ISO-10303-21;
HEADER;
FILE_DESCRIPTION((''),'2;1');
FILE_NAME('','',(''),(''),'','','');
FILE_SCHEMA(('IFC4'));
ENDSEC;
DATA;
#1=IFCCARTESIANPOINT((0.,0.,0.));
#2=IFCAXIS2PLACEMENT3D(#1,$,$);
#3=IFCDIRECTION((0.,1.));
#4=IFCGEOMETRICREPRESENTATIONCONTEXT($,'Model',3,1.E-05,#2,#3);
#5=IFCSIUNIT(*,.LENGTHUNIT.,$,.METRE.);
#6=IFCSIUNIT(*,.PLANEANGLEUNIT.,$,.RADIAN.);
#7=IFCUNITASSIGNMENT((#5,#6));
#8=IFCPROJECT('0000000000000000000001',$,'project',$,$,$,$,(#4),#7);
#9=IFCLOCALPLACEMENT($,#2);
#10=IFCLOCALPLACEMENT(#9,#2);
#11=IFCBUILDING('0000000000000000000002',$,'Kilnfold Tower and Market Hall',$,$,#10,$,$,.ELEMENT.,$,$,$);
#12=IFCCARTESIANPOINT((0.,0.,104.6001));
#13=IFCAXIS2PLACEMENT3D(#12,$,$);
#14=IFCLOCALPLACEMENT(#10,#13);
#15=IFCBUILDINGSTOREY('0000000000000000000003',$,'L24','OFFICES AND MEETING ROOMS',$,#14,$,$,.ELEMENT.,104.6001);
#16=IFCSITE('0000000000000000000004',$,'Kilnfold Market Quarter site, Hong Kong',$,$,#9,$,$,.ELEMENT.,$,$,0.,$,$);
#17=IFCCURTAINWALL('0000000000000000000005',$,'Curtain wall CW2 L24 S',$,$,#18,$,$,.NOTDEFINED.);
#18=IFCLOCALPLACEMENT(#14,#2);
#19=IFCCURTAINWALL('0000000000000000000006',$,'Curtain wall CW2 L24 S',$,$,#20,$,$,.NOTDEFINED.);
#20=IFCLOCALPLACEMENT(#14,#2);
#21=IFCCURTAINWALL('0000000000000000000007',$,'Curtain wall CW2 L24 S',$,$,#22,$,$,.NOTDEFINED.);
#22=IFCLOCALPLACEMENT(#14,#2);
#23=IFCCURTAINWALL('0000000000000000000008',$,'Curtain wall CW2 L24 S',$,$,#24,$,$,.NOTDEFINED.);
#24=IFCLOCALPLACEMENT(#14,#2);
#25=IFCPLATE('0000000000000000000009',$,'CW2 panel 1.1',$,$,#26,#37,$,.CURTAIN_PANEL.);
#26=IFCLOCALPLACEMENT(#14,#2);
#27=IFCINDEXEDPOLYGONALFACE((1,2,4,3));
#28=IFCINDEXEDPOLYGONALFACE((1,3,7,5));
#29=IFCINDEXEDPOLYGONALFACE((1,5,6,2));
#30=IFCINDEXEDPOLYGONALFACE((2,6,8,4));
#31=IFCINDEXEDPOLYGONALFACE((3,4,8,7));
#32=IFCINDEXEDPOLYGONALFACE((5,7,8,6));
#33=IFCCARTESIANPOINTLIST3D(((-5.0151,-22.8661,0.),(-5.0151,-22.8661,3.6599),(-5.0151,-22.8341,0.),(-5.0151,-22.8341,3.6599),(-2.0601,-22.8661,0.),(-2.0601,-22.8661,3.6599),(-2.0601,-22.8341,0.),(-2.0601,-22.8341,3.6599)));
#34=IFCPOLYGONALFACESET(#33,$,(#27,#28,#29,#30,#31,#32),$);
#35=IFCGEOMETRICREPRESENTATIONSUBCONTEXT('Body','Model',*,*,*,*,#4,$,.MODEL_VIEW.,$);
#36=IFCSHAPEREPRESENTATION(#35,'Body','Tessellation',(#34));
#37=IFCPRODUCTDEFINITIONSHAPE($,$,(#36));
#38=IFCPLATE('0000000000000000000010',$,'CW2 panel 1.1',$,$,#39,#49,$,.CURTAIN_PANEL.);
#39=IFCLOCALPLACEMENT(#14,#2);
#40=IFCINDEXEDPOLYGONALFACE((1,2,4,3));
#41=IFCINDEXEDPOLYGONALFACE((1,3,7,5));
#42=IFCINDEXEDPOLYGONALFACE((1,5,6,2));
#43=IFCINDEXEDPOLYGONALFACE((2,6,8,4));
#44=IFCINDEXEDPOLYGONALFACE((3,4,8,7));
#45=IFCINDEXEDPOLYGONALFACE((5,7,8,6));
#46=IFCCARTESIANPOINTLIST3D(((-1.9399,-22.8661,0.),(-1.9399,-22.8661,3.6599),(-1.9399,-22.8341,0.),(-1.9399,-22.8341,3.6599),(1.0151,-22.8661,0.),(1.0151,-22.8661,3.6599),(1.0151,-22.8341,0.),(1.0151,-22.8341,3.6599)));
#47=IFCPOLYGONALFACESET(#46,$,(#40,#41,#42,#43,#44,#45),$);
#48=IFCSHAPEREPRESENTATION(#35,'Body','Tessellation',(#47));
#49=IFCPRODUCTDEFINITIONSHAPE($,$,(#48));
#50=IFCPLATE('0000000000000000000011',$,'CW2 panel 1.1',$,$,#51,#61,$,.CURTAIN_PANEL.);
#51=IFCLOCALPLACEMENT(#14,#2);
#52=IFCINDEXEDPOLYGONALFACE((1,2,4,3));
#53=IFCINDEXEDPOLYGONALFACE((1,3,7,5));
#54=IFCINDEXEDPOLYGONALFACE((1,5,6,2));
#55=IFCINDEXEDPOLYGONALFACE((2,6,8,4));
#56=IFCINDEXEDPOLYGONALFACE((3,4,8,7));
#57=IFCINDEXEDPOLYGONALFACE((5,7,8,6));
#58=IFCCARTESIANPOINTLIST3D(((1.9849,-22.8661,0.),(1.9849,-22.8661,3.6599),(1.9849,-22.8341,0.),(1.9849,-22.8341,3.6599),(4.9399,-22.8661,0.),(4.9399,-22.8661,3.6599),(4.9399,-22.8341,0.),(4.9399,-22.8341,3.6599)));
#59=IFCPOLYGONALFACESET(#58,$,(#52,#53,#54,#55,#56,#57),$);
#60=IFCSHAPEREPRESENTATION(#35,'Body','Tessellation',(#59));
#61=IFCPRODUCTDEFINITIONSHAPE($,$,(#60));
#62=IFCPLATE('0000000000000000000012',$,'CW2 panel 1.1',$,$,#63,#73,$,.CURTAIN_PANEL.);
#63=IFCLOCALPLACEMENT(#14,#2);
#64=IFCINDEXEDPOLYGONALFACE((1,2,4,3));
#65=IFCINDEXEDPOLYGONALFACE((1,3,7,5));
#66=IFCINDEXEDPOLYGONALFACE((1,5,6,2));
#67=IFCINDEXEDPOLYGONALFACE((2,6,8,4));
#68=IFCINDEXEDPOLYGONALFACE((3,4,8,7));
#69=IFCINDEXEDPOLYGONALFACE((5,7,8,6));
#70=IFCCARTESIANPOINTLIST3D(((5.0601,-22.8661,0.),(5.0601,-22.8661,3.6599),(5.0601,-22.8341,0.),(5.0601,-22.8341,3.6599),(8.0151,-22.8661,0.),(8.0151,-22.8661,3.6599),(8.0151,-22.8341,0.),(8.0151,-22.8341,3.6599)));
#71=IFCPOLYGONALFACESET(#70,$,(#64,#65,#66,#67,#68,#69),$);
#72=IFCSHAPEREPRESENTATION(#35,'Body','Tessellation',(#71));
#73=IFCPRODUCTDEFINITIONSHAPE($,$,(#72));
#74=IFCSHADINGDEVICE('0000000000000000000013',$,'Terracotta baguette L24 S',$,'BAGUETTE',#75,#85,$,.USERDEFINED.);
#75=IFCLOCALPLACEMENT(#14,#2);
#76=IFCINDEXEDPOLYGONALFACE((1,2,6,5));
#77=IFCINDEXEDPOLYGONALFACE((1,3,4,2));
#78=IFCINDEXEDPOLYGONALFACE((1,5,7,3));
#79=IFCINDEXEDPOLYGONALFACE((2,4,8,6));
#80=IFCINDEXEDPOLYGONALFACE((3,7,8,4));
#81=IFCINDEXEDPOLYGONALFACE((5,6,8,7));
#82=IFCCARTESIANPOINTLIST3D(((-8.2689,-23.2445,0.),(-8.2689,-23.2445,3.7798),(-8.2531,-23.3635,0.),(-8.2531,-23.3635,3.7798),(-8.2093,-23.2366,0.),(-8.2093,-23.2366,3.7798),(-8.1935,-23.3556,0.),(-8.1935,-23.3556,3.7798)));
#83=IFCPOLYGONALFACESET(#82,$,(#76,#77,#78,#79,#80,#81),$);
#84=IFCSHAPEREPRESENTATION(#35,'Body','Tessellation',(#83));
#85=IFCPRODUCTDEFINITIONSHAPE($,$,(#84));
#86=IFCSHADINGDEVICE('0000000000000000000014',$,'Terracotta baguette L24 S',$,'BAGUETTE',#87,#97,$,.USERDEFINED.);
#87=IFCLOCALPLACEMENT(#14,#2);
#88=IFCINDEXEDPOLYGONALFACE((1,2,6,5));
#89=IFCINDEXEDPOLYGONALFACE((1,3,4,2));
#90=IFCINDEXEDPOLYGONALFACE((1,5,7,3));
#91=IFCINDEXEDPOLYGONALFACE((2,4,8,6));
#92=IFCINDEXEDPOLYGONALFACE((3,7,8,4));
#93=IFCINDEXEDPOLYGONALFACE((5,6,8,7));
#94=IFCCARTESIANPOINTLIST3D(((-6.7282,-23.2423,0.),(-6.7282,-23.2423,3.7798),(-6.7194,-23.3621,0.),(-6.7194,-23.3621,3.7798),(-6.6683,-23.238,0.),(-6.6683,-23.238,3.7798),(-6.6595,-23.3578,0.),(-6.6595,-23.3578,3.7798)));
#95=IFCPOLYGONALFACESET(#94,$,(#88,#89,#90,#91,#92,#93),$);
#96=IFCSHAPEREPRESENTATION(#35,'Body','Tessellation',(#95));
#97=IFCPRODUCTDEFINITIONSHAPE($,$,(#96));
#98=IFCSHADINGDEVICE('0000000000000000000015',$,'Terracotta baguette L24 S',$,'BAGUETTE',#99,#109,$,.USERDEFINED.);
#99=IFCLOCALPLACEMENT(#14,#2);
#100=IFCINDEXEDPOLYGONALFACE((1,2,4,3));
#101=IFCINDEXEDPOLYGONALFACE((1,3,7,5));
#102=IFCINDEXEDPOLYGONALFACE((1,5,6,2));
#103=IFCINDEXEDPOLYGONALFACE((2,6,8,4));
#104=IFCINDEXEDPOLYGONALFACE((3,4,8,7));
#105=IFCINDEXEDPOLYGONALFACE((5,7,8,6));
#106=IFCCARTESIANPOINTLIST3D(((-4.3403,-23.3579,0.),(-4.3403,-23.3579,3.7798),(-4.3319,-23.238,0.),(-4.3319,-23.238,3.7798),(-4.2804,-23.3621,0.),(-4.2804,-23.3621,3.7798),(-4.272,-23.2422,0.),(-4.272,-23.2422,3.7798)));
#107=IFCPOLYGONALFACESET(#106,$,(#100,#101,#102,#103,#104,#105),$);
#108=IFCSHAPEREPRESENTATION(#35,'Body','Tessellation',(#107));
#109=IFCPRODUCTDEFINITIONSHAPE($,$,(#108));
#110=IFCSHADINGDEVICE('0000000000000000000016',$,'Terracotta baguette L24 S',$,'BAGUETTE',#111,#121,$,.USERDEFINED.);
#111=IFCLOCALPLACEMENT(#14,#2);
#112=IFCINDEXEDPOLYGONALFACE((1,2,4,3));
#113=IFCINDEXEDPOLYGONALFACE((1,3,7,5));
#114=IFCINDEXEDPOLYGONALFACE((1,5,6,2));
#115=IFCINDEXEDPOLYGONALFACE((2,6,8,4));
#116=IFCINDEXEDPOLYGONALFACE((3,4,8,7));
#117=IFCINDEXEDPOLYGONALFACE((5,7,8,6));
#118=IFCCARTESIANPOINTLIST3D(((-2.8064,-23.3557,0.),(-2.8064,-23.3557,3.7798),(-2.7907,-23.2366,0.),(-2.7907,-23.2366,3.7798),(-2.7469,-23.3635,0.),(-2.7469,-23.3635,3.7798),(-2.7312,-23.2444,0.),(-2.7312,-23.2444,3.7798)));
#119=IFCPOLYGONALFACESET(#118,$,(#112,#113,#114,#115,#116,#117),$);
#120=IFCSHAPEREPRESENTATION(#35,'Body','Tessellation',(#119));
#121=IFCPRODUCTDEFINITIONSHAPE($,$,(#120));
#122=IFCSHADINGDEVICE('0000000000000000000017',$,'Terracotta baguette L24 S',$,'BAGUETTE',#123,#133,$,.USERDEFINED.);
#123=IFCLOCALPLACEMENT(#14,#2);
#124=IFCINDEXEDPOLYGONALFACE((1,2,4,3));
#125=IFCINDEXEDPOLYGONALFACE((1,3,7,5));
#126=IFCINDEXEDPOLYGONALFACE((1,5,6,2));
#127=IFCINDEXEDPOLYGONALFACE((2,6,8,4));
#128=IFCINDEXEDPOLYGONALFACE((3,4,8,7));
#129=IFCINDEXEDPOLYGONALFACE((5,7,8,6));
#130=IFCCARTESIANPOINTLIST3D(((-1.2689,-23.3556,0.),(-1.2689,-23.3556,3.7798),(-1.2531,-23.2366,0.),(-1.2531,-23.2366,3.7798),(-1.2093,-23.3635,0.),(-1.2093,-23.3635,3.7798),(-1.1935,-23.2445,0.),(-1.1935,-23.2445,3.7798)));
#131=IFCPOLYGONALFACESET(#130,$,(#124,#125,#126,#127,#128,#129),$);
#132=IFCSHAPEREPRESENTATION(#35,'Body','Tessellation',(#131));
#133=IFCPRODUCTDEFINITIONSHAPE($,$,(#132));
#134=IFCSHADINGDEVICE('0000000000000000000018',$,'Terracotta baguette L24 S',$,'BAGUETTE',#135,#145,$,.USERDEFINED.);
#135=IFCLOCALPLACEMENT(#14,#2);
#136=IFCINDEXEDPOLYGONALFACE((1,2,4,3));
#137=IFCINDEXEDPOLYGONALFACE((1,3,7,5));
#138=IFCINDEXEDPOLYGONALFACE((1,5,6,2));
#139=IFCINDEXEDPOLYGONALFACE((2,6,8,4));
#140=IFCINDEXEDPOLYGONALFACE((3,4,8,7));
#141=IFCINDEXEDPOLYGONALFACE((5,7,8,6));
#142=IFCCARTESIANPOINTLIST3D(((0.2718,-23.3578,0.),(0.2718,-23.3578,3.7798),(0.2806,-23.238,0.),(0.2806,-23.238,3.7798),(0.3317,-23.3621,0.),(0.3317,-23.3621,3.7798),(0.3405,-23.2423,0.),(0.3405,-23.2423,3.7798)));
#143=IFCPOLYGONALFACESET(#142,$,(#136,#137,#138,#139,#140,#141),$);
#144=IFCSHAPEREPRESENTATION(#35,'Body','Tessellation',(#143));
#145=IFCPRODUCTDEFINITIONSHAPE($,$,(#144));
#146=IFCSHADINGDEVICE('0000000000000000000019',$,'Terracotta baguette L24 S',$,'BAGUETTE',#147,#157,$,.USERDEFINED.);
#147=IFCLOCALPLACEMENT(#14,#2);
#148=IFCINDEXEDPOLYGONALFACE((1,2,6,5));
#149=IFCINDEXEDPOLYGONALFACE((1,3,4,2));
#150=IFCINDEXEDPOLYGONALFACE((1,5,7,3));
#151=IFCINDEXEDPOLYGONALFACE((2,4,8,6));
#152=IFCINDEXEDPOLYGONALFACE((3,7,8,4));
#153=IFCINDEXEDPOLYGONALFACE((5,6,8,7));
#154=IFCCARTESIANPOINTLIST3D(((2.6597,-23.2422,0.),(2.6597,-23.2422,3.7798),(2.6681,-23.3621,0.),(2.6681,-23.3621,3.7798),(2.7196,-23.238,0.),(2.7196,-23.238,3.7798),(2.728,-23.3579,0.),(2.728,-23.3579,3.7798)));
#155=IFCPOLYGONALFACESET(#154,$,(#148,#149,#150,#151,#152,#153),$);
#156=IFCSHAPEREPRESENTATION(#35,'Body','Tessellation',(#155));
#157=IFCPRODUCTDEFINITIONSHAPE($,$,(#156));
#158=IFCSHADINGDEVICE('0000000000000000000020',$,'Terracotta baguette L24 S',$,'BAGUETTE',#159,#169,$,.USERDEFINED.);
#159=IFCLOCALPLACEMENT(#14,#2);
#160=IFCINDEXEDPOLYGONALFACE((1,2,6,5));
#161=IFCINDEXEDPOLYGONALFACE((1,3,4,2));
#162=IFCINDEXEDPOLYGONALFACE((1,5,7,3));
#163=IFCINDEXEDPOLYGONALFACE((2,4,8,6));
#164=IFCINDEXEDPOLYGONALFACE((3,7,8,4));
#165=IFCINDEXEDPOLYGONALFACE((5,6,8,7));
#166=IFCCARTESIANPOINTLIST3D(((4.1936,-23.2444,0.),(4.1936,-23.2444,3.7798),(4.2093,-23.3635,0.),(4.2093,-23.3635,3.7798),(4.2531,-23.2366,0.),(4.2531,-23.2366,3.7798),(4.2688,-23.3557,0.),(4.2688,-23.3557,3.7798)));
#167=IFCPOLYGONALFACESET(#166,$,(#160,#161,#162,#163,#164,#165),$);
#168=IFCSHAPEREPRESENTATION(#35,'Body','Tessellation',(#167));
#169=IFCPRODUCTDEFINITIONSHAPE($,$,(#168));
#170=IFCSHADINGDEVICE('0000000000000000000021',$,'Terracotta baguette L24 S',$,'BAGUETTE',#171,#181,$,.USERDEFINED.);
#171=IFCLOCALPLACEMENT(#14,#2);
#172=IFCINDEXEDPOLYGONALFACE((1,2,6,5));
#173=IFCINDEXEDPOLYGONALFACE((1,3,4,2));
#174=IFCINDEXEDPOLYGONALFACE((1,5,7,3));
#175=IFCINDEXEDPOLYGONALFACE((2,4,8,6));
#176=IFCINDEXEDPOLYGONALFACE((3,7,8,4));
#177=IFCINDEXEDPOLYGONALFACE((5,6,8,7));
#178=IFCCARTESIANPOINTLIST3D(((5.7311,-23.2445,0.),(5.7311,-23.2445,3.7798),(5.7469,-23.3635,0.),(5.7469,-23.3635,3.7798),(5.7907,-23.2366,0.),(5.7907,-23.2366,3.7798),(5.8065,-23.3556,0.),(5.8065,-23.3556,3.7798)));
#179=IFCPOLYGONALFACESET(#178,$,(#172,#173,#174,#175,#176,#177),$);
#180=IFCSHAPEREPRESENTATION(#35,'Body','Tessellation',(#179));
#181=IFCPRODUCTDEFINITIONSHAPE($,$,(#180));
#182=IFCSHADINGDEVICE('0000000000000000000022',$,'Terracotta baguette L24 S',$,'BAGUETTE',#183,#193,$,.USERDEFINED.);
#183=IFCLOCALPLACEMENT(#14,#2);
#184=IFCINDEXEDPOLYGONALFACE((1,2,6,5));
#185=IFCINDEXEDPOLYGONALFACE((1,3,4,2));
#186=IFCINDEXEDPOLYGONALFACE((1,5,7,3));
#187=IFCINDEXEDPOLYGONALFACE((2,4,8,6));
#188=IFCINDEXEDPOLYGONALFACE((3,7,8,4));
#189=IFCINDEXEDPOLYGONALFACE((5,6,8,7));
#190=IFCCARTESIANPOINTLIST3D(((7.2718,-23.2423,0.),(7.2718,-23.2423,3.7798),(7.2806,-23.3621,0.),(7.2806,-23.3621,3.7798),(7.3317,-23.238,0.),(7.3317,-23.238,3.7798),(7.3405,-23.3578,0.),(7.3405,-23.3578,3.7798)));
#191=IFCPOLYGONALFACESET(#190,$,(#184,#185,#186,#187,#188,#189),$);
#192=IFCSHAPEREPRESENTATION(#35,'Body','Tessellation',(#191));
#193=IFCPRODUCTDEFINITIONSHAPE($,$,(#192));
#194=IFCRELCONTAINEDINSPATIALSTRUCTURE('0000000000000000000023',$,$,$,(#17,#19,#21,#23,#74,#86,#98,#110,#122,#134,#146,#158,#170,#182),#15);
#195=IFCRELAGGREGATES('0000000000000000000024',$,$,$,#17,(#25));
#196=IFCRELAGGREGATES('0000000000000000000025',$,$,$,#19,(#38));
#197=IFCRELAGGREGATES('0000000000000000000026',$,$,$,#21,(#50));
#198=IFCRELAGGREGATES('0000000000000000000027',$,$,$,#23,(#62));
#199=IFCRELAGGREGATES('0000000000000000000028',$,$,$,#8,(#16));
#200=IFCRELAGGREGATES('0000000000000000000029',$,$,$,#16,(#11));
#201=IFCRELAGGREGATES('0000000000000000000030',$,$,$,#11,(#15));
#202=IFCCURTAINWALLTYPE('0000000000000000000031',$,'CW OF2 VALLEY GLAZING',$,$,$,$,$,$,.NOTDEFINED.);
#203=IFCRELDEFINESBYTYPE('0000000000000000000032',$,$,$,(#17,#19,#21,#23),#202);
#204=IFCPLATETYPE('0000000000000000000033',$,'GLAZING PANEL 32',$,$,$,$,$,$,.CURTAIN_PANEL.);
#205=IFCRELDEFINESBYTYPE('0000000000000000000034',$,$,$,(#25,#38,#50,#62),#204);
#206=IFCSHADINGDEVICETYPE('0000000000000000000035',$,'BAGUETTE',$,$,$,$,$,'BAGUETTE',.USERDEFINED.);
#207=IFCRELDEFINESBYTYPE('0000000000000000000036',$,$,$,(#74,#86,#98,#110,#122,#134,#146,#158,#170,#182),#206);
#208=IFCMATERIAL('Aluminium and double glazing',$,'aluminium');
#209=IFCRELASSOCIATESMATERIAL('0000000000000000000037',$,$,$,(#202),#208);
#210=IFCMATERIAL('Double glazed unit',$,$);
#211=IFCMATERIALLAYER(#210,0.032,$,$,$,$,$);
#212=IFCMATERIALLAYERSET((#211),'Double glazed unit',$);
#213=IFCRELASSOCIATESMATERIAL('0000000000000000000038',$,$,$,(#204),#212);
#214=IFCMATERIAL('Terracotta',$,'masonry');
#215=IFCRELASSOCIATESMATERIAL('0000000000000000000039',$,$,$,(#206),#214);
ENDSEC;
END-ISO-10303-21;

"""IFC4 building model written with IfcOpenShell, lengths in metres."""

from ifc_helpers import new_model, si_unit, direction, frame, origin, origin_2d, place, context, subcontext, project, spatial, rectangle, extrude, source, transform, mapped, material, layer, layer_set, material_profile, profile_set, type_object, element, aggregate, save


model = new_model("IFC4")

# Units and contexts
model_context = context("Model", 3, precision=1e-05, world=origin(), true_north=direction((0.0, 1.0)))
body_context = subcontext(model_context, "Body", "Model", "MODEL_VIEW")
ifc_project = project(units=[si_unit("LENGTHUNIT", "METRE"), si_unit("PLANEANGLEUNIT", "RADIAN")], contexts=[model_context])

# Site, building, storey
site_placement = place(None, origin())
site = spatial("IfcSite", under=ifc_project, at=site_placement, Name="Kilnfold Market Quarter site, Hong Kong", CompositionType="ELEMENT", RefElevation=0.0)
building_placement = place(site_placement, origin())
building = spatial("IfcBuilding", under=site, at=building_placement, Name="Kilnfold Tower and Market Hall", CompositionType="ELEMENT")
storey_placement = place(building_placement, frame((0.0, 0.0, 104.6001)))
storey = spatial("IfcBuildingStorey", under=building, at=storey_placement, Name="L24", Description="OFFICES AND MEETING ROOMS", CompositionType="ELEMENT", Elevation=104.6001)

# Shared definitions
ifc_material_1 = material(Name="Aluminium and double glazing", Category="aluminium")
curtain_wall_type = type_object("IfcCurtainWallType", Name="CW OF2 VALLEY GLAZING", PredefinedType="NOTDEFINED", material=ifc_material_1)

# Curtain walls
curtain_wall_1_placement = place(storey_placement, origin())
curtain_wall_1 = element("IfcCurtainWall", 1, at=curtain_wall_1_placement, inside=storey, type_object=curtain_wall_type, Name="Curtain wall CW2 L24 S", PredefinedType="NOTDEFINED")
curtain_wall_2_placement = place(storey_placement, origin())
curtain_wall_2 = element("IfcCurtainWall", 2, at=curtain_wall_2_placement, inside=storey, type_object=curtain_wall_type, Name="Curtain wall CW2 L24 S", PredefinedType="NOTDEFINED")
curtain_wall_3_placement = place(storey_placement, origin())
curtain_wall_3 = element("IfcCurtainWall", 3, at=curtain_wall_3_placement, inside=storey, type_object=curtain_wall_type, Name="Curtain wall CW2 L24 S", PredefinedType="NOTDEFINED")
curtain_wall_4_placement = place(storey_placement, origin())
curtain_wall_4 = element("IfcCurtainWall", 4, at=curtain_wall_4_placement, inside=storey, type_object=curtain_wall_type, Name="Curtain wall CW2 L24 S", PredefinedType="NOTDEFINED")

# Plates
ifc_material_2 = material(Name="Double glazed unit")
ifc_layer = layer(ifc_material_2, 0.032)
ifc_layer_set = layer_set([ifc_layer], Name="Double glazed unit")
plate_type = type_object("IfcPlateType", Name="GLAZING PANEL 32", PredefinedType="CURTAIN_PANEL", material=ifc_layer_set)
shared_shape_1 = source(origin(), body_context, "Body", "SweptSolid", [
    extrude(rectangle(XDim=2.9551, YDim=0.032, at=origin_2d()), origin(), (0.0, 0.0, 1.0), 3.6599),
])
plate_1_placement = place(storey_placement, frame((-3.5376, -22.8501, 0.0), z_axis=(0.0, 0.0, 1.0), x_axis=(1.0, 0.0, 0.0)))
plate_1 = element("IfcPlate", 5, at=plate_1_placement, type_object=plate_type, Name="CW2 panel 1.1", PredefinedType="CURTAIN_PANEL", context=body_context, shape_type="MappedRepresentation", body=[
    mapped(shared_shape_1, transform((0.0, 0.0, 0.0))),
])
aggregate(curtain_wall_1, [plate_1])
plate_2_placement = place(storey_placement, frame((-0.4624, -22.8501, 0.0), z_axis=(0.0, 0.0, 1.0), x_axis=(1.0, 0.0, 0.0)))
plate_2 = element("IfcPlate", 6, at=plate_2_placement, type_object=plate_type, Name="CW2 panel 1.1", PredefinedType="CURTAIN_PANEL", context=body_context, shape_type="MappedRepresentation", body=[
    mapped(shared_shape_1, transform((0.0, 0.0, 0.0))),
])
aggregate(curtain_wall_2, [plate_2])
plate_3_placement = place(storey_placement, frame((3.4624, -22.8501, 0.0), z_axis=(0.0, 0.0, 1.0), x_axis=(1.0, 0.0, 0.0)))
plate_3 = element("IfcPlate", 7, at=plate_3_placement, type_object=plate_type, Name="CW2 panel 1.1", PredefinedType="CURTAIN_PANEL", context=body_context, shape_type="MappedRepresentation", body=[
    mapped(shared_shape_1, transform((0.0, 0.0, 0.0))),
])
aggregate(curtain_wall_3, [plate_3])
plate_4_placement = place(storey_placement, frame((6.5376, -22.8501, 0.0), z_axis=(0.0, 0.0, 1.0), x_axis=(1.0, 0.0, 0.0)))
plate_4 = element("IfcPlate", 8, at=plate_4_placement, type_object=plate_type, Name="CW2 panel 1.1", PredefinedType="CURTAIN_PANEL", context=body_context, shape_type="MappedRepresentation", body=[
    mapped(shared_shape_1, transform((0.0, 0.0, 0.0))),
])
aggregate(curtain_wall_4, [plate_4])

# Shading devices
ifc_material_3 = material(Name="Terracotta", Category="masonry")
ifc_material_profile_1 = material_profile(ifc_material_3, rectangle(XDim=0.0601, YDim=0.1201, at=origin_2d()), Name="BAG 60x120")
ifc_profile_set_1 = profile_set([ifc_material_profile_1], Name="Terracotta")
shading_device_type = type_object("IfcShadingDeviceType", Name="BAGUETTE", ElementType="BAGUETTE", PredefinedType="USERDEFINED", material=ifc_profile_set_1)
shared_shape_2 = source(origin(), body_context, "Body", "SweptSolid", [
    extrude(rectangle(XDim=0.0601, YDim=0.1201, at=origin_2d()), origin(), (0.0, 0.0, 1.0), 3.7798),
])
for number, where, z_axis, x_axis, name in (
    (9, (-8.2312, -23.3, 0.0), (0.0, 0.0, 1.0), (0.991303, 0.131599, 0.0), "Terracotta baguette L24 S"),
    (10, (-6.6938, -23.3, 0.0), (0.0, 0.0, 1.0), (0.997353, 0.072716, 0.0), "Terracotta baguette L24 S"),
    (11, (-4.3062, -23.3, 0.0), (0.0, 0.0, 1.0), (0.997568, -0.069706, 0.0), "Terracotta baguette L24 S"),
    (12, (-2.7688, -23.3, 0.0), (0.0, 0.0, 1.0), (0.991459, -0.130422, 0.0), "Terracotta baguette L24 S"),
    (13, (-1.2312, -23.3, 0.0), (0.0, 0.0, 1.0), (0.991303, -0.131599, 0.0), "Terracotta baguette L24 S"),
    (14, (0.3062, -23.3, 0.0), (0.0, 0.0, 1.0), (0.997353, -0.072716, 0.0), "Terracotta baguette L24 S"),
    (15, (2.6938, -23.3, 0.0), (0.0, 0.0, 1.0), (0.997568, 0.069706, 0.0), "Terracotta baguette L24 S"),
    (16, (4.2312, -23.3, 0.0), (0.0, 0.0, 1.0), (0.991459, 0.130422, 0.0), "Terracotta baguette L24 S"),
    (17, (5.7688, -23.3, 0.0), (0.0, 0.0, 1.0), (0.991303, 0.131599, 0.0), "Terracotta baguette L24 S"),
    (18, (7.3062, -23.3, 0.0), (0.0, 0.0, 1.0), (0.997353, 0.072716, 0.0), "Terracotta baguette L24 S"),
):
    element("IfcShadingDevice", number, at=place(storey_placement, frame(where, z_axis=z_axis, x_axis=x_axis)), inside=storey, type_object=shading_device_type, Name=name, ObjectType="BAGUETTE", PredefinedType="USERDEFINED", context=body_context, shape_type="MappedRepresentation", body=[
        mapped(shared_shape_2, transform((0.0, 0.0, 0.0))),
    ])

save(model, "model.ifc")
